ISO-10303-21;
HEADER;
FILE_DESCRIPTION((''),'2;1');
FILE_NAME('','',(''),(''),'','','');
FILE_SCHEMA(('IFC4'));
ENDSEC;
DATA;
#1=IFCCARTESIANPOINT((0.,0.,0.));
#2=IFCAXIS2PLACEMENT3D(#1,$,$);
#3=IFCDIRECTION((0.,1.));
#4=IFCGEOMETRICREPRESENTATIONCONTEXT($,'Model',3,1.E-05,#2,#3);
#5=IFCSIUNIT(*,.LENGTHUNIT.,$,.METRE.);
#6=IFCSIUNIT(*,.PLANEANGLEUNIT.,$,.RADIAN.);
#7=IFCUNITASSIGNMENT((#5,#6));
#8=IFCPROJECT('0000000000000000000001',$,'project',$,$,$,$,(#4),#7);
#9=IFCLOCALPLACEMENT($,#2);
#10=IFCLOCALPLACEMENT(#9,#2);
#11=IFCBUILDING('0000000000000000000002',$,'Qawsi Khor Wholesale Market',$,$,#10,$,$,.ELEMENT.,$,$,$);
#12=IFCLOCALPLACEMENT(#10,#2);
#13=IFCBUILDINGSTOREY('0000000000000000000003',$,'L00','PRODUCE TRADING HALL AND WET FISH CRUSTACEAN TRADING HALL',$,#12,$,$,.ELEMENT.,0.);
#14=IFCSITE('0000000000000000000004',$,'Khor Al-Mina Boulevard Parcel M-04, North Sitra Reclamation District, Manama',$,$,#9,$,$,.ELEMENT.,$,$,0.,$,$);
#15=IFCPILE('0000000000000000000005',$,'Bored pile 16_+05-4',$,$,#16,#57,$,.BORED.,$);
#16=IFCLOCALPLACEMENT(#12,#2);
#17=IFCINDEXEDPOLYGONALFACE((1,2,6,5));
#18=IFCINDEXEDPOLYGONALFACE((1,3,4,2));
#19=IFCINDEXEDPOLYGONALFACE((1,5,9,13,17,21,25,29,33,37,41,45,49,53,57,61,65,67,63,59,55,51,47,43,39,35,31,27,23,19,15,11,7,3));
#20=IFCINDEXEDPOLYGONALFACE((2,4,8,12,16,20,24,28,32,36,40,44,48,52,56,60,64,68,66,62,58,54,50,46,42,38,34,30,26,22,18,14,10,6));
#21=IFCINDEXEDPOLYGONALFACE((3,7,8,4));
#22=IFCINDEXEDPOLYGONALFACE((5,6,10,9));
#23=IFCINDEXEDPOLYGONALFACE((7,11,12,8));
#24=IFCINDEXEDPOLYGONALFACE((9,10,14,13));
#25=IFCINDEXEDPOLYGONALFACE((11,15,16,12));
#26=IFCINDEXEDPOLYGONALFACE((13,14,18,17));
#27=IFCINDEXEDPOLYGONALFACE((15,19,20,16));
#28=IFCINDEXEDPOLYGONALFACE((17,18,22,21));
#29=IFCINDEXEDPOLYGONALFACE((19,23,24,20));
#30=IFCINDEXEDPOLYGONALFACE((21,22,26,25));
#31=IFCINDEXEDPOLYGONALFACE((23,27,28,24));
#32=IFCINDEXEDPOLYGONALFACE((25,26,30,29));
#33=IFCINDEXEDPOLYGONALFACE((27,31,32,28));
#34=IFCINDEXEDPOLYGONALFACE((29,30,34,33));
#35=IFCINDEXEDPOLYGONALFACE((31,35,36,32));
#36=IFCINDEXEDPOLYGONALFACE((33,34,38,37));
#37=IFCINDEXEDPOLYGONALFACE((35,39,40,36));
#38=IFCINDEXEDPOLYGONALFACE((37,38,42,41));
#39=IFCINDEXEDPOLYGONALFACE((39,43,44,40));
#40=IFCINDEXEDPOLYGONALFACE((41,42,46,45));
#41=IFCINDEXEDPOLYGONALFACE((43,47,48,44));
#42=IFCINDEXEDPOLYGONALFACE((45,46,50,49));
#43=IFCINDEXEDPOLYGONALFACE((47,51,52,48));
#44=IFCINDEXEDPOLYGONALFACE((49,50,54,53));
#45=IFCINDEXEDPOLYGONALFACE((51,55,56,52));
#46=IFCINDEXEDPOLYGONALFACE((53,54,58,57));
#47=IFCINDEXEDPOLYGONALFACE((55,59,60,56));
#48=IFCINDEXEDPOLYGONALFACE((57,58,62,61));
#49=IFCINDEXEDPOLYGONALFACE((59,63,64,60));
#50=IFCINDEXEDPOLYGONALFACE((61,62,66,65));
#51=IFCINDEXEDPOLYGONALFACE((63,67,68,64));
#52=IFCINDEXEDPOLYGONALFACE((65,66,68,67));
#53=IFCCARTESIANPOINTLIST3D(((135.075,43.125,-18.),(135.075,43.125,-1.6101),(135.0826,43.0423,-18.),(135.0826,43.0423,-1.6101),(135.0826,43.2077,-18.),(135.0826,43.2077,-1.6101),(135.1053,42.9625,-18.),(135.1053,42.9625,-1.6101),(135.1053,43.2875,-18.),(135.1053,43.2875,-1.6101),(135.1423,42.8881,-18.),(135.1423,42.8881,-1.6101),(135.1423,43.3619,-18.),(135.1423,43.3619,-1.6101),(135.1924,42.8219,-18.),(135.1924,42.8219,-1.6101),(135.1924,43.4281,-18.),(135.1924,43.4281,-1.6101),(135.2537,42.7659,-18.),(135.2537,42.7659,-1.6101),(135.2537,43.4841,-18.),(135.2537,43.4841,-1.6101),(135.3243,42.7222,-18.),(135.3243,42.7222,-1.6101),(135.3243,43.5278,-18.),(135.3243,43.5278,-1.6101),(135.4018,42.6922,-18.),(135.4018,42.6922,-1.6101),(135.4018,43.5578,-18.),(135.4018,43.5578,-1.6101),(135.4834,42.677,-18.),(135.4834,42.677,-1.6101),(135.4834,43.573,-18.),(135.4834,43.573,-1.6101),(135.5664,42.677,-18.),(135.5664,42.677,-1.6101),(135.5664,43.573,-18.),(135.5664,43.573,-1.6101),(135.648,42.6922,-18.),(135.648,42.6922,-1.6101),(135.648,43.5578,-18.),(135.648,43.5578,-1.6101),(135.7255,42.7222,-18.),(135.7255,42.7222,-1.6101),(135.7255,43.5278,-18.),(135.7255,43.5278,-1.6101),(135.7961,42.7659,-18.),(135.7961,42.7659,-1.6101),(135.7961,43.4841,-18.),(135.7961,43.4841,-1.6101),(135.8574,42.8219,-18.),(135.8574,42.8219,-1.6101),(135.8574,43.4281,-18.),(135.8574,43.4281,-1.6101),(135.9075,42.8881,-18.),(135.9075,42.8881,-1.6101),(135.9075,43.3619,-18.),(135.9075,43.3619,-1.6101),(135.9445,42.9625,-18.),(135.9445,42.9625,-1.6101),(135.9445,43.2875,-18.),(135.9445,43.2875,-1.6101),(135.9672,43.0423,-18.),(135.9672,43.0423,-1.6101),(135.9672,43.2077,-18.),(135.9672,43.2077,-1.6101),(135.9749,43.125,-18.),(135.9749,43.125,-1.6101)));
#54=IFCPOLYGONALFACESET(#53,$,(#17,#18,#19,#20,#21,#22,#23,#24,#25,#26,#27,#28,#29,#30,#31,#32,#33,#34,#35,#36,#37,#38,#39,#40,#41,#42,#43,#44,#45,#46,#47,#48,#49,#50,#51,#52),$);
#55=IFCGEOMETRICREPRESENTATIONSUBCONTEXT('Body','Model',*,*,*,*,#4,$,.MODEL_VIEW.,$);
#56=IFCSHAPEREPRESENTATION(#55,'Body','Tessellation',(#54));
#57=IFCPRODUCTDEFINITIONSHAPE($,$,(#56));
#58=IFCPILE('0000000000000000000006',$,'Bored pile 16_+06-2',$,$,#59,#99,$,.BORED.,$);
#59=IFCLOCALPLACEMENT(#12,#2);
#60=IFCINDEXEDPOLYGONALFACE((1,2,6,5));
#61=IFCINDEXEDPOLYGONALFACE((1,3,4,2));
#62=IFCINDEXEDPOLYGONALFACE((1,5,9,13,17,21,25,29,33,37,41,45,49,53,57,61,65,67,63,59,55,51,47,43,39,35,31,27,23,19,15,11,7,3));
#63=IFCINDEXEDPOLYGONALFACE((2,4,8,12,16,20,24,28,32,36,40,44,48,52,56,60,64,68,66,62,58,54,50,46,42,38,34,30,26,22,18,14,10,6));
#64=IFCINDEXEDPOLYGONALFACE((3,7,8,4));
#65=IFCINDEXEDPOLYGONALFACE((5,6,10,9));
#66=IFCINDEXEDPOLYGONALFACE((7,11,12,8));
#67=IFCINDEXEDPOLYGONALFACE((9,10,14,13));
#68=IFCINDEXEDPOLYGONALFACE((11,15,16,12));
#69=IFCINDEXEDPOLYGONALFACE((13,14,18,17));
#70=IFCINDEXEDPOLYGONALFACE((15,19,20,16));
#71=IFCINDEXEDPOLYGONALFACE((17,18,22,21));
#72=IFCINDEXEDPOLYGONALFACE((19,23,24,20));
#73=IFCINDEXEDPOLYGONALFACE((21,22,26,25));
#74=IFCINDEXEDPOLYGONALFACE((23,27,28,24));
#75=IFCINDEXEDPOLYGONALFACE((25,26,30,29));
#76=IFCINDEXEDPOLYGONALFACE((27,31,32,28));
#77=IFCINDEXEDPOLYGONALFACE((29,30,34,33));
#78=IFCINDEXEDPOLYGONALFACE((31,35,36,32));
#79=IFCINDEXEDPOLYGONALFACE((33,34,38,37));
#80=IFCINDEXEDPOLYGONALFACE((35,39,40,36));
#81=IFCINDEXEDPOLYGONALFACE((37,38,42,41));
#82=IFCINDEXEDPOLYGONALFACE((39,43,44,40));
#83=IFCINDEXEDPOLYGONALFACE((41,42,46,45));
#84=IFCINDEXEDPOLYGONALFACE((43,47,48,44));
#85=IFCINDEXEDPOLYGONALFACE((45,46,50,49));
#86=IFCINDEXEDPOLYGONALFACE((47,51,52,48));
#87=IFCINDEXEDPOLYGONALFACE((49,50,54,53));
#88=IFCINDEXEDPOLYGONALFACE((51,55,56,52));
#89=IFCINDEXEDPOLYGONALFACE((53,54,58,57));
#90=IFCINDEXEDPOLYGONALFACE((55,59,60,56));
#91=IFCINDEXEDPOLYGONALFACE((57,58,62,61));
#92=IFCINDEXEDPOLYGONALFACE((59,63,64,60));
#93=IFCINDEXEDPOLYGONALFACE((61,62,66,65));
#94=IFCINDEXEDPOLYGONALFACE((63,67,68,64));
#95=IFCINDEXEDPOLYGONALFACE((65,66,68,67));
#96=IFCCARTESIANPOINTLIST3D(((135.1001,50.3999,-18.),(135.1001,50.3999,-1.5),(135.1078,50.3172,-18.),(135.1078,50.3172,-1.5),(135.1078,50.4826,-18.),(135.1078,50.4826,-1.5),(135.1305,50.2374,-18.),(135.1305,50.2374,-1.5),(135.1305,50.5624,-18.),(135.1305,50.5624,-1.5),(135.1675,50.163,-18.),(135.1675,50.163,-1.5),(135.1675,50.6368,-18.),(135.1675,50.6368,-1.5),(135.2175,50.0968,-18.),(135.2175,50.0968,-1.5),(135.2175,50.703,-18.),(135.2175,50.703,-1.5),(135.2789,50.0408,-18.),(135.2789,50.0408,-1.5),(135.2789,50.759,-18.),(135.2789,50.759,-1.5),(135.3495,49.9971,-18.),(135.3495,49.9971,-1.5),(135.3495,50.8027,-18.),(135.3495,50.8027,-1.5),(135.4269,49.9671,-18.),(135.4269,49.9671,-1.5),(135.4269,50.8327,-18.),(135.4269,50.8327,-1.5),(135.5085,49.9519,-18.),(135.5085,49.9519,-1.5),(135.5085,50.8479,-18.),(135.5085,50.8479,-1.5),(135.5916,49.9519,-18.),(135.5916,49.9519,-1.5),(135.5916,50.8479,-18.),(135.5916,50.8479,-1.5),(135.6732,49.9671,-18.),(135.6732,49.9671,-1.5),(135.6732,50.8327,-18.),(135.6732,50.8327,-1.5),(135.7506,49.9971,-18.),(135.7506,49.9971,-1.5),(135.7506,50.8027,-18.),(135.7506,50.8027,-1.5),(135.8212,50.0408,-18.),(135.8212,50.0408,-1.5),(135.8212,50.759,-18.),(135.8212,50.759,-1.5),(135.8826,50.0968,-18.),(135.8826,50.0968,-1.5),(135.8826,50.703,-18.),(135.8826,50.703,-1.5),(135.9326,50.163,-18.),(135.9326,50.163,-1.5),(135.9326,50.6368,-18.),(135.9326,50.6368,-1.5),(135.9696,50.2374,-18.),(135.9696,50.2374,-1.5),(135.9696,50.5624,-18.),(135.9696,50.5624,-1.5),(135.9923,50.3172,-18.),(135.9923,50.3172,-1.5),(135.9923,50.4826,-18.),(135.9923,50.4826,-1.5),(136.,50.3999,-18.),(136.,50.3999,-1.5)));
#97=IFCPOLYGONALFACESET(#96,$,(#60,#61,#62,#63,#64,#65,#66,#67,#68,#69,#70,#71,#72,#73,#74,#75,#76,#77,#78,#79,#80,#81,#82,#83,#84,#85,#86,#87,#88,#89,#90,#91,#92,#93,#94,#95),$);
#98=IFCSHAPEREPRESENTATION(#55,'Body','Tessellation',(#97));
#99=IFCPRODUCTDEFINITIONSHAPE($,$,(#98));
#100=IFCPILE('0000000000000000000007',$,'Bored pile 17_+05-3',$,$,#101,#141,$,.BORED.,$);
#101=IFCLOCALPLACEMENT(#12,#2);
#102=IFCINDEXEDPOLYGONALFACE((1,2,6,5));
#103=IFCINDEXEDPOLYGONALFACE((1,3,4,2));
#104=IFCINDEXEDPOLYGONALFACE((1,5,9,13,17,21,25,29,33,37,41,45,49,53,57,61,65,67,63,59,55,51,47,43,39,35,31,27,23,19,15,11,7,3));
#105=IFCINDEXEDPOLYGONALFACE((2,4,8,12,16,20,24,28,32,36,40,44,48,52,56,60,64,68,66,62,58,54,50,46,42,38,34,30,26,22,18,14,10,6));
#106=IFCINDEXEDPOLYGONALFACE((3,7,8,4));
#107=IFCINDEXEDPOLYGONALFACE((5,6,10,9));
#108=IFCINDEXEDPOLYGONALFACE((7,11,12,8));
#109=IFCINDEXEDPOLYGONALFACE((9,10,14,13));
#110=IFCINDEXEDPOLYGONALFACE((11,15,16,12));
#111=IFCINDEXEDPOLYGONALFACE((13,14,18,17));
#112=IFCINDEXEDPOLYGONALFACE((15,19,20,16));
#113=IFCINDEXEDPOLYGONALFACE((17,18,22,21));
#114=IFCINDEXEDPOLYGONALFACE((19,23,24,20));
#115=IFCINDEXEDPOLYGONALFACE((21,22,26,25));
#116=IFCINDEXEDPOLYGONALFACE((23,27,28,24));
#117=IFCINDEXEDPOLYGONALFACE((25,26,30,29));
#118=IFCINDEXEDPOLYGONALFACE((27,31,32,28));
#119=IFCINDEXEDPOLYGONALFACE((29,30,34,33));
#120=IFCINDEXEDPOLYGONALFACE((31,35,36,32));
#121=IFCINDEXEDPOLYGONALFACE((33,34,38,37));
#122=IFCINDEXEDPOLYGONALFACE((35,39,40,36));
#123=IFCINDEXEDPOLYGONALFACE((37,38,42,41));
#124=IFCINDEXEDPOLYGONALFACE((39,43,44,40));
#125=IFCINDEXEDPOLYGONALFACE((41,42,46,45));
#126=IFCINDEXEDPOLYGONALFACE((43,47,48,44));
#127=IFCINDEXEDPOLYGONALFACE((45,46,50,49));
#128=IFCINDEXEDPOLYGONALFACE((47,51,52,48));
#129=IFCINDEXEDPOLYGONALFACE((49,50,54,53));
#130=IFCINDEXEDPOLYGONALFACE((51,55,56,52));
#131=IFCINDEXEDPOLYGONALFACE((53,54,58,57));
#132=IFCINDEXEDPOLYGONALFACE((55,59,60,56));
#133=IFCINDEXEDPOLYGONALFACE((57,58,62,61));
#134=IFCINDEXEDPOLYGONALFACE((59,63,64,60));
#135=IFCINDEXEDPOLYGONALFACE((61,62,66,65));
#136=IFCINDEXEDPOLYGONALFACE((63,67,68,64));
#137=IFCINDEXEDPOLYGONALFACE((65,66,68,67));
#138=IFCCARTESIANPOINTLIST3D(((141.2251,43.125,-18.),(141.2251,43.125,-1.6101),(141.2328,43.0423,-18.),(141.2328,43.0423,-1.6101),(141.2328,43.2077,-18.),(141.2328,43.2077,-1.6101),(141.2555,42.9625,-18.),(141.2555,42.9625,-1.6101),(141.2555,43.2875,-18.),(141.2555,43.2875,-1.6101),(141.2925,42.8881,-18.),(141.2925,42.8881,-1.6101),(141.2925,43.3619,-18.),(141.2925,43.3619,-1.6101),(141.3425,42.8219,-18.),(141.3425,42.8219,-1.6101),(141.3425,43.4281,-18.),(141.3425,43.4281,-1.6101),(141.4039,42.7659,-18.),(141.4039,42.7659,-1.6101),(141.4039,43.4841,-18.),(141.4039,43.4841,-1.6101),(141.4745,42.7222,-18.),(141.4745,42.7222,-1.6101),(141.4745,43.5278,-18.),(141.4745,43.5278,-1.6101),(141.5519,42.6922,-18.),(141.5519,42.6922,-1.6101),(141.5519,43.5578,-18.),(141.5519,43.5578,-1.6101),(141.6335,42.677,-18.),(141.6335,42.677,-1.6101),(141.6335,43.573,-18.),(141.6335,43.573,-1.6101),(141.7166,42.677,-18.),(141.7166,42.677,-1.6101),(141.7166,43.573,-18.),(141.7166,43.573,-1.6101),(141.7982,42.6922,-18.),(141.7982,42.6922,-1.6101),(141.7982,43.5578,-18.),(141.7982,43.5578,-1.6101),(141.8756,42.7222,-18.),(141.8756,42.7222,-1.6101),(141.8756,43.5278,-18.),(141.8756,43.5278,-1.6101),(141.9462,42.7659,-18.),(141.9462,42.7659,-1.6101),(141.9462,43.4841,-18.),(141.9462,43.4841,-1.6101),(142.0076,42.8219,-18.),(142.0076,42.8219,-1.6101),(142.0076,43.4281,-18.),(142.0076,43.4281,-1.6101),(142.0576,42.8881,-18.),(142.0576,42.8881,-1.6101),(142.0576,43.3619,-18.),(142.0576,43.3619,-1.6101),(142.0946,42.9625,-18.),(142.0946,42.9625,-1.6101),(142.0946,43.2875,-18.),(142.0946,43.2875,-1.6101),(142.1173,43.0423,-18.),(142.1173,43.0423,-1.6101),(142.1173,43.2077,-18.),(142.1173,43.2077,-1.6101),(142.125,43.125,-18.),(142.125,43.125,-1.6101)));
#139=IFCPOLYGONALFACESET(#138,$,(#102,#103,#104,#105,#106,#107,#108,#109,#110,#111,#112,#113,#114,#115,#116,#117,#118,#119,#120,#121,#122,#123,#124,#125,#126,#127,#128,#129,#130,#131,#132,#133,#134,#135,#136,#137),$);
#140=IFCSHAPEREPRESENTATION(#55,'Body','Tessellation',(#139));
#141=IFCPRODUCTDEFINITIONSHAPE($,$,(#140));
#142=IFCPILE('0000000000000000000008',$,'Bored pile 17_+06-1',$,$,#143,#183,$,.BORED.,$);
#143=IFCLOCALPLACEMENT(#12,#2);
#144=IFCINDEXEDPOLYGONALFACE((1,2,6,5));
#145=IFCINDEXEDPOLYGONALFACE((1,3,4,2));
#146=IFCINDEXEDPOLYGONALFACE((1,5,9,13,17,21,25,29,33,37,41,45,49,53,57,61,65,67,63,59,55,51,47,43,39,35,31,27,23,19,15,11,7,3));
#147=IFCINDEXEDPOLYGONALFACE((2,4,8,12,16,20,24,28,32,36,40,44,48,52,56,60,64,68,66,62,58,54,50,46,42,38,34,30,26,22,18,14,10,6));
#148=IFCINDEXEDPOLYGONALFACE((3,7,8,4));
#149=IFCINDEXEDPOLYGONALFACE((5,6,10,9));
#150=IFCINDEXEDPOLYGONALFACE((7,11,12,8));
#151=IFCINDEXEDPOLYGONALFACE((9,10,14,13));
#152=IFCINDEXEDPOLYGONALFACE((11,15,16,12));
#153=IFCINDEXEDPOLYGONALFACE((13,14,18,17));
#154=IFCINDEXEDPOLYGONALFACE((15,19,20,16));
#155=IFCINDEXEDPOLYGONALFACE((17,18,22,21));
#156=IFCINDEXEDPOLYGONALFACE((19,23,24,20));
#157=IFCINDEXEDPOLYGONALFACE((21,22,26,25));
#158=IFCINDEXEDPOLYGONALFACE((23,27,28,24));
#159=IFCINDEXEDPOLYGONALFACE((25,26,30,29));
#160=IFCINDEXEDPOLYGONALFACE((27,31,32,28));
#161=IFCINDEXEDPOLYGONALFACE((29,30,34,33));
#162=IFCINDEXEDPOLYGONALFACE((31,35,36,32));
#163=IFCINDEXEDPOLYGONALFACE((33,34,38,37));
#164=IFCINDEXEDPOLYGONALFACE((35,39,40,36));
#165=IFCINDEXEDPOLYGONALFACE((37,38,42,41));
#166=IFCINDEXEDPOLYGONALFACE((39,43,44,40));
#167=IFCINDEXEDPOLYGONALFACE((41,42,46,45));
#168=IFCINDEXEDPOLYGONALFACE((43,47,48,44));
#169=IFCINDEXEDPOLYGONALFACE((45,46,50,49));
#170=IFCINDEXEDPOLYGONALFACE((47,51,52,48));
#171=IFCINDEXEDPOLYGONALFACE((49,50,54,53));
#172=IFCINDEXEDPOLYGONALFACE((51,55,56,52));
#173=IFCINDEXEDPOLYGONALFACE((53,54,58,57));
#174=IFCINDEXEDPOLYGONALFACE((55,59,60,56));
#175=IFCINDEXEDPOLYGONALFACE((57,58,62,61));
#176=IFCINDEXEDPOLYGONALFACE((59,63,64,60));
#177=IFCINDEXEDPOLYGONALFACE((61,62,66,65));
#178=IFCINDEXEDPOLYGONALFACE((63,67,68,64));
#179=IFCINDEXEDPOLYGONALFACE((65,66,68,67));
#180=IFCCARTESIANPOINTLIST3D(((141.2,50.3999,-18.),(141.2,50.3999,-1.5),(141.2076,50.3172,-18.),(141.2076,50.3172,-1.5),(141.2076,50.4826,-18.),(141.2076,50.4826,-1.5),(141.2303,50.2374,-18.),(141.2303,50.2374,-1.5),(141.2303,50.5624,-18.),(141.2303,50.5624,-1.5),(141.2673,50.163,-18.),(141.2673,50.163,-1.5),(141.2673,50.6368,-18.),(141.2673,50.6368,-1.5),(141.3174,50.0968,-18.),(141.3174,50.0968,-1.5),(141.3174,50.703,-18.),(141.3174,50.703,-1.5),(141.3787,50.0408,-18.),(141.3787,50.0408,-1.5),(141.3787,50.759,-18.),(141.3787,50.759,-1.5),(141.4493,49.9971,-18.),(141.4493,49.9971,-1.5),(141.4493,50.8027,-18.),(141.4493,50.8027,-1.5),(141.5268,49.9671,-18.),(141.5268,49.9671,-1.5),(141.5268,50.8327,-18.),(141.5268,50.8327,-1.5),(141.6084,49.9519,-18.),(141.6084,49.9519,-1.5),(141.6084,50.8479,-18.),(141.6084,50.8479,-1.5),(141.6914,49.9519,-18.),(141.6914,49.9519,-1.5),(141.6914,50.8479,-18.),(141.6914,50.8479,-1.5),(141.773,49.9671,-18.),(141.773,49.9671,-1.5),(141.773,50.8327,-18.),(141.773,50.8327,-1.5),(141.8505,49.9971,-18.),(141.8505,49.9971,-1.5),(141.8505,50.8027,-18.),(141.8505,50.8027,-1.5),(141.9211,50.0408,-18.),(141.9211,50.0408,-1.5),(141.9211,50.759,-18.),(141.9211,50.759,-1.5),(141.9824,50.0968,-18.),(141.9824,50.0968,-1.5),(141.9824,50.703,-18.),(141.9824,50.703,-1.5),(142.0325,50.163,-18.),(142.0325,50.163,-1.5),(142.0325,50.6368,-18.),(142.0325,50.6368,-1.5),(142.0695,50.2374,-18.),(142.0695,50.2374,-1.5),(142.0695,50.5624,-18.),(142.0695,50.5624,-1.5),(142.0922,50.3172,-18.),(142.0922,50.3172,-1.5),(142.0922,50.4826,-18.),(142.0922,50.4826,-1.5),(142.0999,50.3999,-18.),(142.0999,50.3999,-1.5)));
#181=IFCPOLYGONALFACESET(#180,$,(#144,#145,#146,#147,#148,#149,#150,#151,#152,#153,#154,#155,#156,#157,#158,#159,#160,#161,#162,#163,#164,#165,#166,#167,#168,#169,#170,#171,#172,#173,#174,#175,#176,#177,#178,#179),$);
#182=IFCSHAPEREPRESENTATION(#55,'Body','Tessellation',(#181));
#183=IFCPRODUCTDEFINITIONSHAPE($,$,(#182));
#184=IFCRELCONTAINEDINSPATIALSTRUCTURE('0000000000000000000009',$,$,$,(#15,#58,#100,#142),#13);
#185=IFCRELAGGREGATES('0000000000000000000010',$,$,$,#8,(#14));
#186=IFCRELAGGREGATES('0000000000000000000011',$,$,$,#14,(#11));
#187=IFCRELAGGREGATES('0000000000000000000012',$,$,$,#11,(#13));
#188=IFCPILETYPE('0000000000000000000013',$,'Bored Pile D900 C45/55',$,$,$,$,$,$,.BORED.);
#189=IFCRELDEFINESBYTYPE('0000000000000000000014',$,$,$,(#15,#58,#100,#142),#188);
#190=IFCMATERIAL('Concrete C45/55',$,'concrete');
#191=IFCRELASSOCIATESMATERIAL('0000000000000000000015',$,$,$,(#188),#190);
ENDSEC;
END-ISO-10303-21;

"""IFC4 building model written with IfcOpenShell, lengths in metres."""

from ifc_helpers import new_model, si_unit, direction, frame, origin, origin_2d, place, context, subcontext, project, spatial, circle, extrude, material, material_profile, profile_set, type_object, element, save


model = new_model("IFC4")

# Units and contexts
model_context = context("Model", 3, precision=1e-05, world=origin(), true_north=direction((0.0, 1.0)))
body_context = subcontext(model_context, "Body", "Model", "MODEL_VIEW")
ifc_project = project(units=[si_unit("LENGTHUNIT", "METRE"), si_unit("PLANEANGLEUNIT", "RADIAN")], contexts=[model_context])

# Site, building, storey
site_placement = place(None, origin())
site = spatial("IfcSite", under=ifc_project, at=site_placement, Name="Khor Al-Mina Boulevard Parcel M-04, North Sitra Reclamation District, Manama", CompositionType="ELEMENT", RefElevation=0.0)
building_placement = place(site_placement, origin())
building = spatial("IfcBuilding", under=site, at=building_placement, Name="Qawsi Khor Wholesale Market", CompositionType="ELEMENT")
storey_placement = place(building_placement, origin())
storey = spatial("IfcBuildingStorey", under=building, at=storey_placement, Name="L00", Description="PRODUCE TRADING HALL AND WET FISH CRUSTACEAN TRADING HALL", CompositionType="ELEMENT", Elevation=0.0)

# Piles
ifc_material_1 = material(Name="Concrete C45/55", Category="concrete")
ifc_material_profile_1 = material_profile(ifc_material_1, circle(Radius=0.45, at=origin_2d()), Name="PILE D900")
ifc_profile_set_1 = profile_set([ifc_material_profile_1], Name="Concrete C45/55")
pile_type = type_object("IfcPileType", Name="Bored Pile D900 C45/55", PredefinedType="BORED", material=ifc_profile_set_1)
pile_1_placement = place(storey_placement, frame((135.5249, 43.125, -1.6101), z_axis=(0.0, 0.0, -1.0), x_axis=(1.0, 0.0, 0.0)))
element("IfcPile", 1, at=pile_1_placement, inside=storey, type_object=pile_type, Name="Bored pile 16_+05-4", PredefinedType="BORED", context=body_context, shape_type="SweptSolid", body=[
    extrude(circle(Radius=0.45, at=origin_2d()), origin(), (0.0, 0.0, 1.0), 16.3899),
])
pile_2_placement = place(storey_placement, frame((135.55, 50.3999, -1.5), z_axis=(0.0, 0.0, -1.0), x_axis=(1.0, 0.0, 0.0)))
element("IfcPile", 2, at=pile_2_placement, inside=storey, type_object=pile_type, Name="Bored pile 16_+06-2", PredefinedType="BORED", context=body_context, shape_type="SweptSolid", body=[
    extrude(circle(Radius=0.45, at=origin_2d()), origin(), (0.0, 0.0, 1.0), 16.5),
])
pile_3_placement = place(storey_placement, frame((141.675, 43.125, -1.6101), z_axis=(0.0, 0.0, -1.0), x_axis=(1.0, 0.0, 0.0)))
element("IfcPile", 3, at=pile_3_placement, inside=storey, type_object=pile_type, Name="Bored pile 17_+05-3", PredefinedType="BORED", context=body_context, shape_type="SweptSolid", body=[
    extrude(circle(Radius=0.45, at=origin_2d()), origin(), (0.0, 0.0, 1.0), 16.3899),
])
for number, where, z_axis, x_axis, name in (
    (4, (141.6499, 50.3999, -1.5), (0.0, 0.0, -1.0), (1.0, 0.0, 0.0), "Bored pile 17_+06-1"),
):
    element("IfcPile", number, at=place(storey_placement, frame(where, z_axis=z_axis, x_axis=x_axis)), inside=storey, type_object=pile_type, Name=name, PredefinedType="BORED", context=body_context, shape_type="SweptSolid", body=[
        extrude(circle(Radius=0.45, at=origin_2d()), origin(), (0.0, 0.0, 1.0), 16.5),
    ])

save(model, "model.ifc")
